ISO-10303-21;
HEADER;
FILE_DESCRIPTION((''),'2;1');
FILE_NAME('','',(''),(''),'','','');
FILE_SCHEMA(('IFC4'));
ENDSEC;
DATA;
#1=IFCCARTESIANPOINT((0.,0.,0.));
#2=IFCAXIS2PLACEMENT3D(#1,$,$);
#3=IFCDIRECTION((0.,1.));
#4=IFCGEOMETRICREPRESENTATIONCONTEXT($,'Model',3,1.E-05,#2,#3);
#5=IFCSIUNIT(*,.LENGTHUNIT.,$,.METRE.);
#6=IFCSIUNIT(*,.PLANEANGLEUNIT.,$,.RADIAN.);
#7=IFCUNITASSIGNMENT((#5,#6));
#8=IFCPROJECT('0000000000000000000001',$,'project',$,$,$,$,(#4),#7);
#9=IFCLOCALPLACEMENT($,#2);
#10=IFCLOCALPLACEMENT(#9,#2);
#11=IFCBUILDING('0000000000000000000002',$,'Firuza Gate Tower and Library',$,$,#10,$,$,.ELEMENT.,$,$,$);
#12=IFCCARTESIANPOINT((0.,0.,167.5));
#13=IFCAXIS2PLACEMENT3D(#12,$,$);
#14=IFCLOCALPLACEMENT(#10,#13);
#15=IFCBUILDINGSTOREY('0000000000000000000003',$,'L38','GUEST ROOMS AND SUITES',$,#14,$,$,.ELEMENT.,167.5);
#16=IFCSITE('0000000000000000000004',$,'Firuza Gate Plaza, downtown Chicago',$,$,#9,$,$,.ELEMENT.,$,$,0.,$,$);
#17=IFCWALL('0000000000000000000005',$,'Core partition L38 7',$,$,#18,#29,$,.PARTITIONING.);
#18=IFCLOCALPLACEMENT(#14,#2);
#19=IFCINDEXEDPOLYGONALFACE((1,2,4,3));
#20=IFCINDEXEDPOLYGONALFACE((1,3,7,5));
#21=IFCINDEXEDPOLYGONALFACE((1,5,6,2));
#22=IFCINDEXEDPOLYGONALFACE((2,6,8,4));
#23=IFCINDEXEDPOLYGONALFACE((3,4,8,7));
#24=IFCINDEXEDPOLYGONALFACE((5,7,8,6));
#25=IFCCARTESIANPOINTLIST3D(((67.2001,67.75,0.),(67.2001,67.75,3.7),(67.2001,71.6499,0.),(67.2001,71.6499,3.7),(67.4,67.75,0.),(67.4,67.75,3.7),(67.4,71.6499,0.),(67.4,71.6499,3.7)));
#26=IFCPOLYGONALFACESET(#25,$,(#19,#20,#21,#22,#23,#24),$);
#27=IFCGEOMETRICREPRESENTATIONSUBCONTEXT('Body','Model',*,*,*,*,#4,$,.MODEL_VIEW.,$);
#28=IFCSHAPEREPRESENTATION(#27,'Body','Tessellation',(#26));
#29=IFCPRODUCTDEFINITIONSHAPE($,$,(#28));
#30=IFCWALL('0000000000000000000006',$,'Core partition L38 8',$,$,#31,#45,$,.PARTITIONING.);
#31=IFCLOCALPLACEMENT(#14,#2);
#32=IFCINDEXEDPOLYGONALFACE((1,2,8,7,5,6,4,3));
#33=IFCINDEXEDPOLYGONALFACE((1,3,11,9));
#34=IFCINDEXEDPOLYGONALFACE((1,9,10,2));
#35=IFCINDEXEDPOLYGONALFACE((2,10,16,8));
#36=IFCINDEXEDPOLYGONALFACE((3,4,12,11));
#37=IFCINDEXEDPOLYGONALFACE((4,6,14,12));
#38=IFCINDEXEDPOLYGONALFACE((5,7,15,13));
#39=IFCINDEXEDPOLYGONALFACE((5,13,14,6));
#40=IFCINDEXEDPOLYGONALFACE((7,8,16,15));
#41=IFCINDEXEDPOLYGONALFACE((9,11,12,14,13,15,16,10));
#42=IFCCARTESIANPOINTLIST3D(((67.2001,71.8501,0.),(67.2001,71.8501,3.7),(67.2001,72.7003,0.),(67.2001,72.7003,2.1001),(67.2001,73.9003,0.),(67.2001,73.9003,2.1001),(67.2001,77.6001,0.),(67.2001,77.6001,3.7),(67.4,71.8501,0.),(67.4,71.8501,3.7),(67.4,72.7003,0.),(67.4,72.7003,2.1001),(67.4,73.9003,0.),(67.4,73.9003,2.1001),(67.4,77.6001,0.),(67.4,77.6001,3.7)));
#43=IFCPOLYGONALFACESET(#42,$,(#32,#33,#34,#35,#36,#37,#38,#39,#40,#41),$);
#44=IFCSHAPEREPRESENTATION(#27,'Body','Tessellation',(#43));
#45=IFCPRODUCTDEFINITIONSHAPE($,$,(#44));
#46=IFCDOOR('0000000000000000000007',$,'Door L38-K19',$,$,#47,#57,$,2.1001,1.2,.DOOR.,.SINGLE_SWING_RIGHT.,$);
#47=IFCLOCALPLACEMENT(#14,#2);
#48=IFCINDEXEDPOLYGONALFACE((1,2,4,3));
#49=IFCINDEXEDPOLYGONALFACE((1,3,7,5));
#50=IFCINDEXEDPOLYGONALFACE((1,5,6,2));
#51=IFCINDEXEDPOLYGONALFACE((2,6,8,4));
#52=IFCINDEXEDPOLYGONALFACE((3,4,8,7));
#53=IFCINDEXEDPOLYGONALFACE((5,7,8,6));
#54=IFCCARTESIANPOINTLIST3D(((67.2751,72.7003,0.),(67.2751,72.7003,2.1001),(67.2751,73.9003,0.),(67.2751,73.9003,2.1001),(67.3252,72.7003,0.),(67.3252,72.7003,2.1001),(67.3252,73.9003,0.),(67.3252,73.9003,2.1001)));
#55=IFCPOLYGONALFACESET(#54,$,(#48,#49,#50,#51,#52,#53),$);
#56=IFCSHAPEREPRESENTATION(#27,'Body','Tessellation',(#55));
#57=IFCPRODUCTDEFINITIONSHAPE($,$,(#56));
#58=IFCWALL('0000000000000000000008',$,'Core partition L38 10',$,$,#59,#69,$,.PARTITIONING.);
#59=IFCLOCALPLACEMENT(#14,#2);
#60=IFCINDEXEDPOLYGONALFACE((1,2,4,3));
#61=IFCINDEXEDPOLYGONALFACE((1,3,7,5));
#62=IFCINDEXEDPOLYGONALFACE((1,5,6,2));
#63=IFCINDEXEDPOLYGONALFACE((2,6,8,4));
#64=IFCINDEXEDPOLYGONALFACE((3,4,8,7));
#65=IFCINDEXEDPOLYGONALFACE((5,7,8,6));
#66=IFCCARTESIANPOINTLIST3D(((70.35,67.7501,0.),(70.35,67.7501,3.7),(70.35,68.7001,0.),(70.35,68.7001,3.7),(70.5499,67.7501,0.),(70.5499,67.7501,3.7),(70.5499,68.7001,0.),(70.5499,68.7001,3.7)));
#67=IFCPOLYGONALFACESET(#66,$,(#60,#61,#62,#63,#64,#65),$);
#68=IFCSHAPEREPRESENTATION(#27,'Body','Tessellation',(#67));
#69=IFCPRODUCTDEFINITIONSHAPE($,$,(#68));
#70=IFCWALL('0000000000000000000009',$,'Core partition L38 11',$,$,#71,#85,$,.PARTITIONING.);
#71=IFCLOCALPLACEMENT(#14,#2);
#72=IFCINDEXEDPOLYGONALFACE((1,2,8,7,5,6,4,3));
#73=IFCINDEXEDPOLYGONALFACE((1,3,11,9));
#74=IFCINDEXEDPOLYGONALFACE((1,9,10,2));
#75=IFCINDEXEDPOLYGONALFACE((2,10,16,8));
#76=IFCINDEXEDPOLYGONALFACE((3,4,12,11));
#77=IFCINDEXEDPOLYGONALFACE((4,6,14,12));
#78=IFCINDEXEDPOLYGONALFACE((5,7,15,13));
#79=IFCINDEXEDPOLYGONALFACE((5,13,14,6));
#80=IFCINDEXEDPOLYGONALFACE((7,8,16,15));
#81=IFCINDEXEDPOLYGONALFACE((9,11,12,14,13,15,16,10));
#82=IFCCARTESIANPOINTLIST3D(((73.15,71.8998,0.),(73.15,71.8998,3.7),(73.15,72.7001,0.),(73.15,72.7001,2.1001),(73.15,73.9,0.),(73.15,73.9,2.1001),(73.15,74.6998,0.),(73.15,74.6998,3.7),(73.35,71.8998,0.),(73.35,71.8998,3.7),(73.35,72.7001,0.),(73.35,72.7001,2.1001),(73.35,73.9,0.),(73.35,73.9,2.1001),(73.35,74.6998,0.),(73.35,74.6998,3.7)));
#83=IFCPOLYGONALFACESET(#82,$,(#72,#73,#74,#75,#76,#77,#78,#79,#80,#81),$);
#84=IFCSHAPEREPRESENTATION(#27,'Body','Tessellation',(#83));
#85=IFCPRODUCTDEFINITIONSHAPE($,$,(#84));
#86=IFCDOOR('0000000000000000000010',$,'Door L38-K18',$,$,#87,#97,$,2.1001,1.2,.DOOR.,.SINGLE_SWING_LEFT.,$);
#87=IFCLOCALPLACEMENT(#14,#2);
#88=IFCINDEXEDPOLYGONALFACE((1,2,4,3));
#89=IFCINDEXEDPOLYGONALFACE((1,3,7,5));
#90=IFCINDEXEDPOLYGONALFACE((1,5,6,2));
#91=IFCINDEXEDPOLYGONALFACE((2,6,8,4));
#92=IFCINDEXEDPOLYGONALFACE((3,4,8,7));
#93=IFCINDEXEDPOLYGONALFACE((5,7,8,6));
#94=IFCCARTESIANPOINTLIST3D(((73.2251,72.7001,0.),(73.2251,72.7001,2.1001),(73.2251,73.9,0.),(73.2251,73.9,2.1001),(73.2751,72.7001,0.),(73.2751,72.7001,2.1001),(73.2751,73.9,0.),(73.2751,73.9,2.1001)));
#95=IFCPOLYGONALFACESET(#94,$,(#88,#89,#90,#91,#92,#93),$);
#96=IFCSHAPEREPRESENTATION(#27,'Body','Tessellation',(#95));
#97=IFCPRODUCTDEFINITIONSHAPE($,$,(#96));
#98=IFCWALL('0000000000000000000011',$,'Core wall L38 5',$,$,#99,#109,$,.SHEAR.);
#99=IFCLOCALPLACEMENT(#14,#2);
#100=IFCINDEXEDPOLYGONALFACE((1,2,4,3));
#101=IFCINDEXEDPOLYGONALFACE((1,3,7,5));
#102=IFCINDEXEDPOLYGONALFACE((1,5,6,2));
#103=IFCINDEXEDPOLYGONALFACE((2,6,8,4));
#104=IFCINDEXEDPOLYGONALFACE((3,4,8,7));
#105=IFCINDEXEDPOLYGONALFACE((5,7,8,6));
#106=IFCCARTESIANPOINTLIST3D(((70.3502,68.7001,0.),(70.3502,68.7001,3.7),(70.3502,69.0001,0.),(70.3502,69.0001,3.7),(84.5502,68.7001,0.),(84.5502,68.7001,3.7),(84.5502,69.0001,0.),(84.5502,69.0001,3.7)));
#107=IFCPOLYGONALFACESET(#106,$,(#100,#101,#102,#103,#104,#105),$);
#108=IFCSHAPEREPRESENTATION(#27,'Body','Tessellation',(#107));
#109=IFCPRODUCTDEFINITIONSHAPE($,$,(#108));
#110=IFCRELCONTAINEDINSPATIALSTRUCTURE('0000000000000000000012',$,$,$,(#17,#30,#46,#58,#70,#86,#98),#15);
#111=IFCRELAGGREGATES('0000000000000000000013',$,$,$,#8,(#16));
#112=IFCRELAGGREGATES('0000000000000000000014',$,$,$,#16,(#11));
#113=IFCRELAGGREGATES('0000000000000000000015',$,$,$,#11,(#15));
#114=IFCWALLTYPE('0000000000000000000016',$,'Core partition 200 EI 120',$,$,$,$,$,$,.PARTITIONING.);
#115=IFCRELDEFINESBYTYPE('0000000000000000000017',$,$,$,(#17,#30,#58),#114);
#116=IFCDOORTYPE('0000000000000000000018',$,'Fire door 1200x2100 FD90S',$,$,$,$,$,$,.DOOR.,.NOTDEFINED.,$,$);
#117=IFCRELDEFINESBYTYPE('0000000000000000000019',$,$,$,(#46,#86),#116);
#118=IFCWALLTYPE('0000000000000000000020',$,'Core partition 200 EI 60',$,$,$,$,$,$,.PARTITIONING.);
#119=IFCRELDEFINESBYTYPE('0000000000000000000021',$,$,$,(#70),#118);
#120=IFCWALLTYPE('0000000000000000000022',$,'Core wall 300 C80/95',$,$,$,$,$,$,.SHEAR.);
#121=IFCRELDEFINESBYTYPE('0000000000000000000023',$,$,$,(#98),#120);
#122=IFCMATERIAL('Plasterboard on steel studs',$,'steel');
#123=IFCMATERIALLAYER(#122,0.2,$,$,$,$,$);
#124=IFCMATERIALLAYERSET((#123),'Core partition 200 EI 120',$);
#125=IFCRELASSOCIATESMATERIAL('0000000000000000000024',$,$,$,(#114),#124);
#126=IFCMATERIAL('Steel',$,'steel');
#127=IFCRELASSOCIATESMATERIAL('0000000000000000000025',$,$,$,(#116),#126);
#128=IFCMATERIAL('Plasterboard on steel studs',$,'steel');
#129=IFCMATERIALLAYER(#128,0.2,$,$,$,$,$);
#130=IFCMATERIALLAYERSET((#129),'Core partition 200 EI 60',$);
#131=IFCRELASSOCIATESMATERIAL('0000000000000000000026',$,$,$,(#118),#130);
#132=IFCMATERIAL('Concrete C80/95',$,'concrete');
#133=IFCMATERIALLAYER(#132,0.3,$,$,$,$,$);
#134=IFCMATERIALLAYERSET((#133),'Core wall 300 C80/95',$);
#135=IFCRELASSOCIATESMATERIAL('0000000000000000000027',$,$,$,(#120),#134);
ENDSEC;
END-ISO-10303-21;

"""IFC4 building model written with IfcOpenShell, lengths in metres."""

from ifc_helpers import new_model, si_unit, direction, frame, frame_2d, origin, place, context, subcontext, project, spatial, rectangle, extrude, material, layer, layer_set, type_object, element, fill, save


model = new_model("IFC4")

# Units and contexts
model_context = context("Model", 3, precision=1e-05, world=origin(), true_north=direction((0.0, 1.0)))
body_context = subcontext(model_context, "Body", "Model", "MODEL_VIEW")
ifc_project = project(units=[si_unit("LENGTHUNIT", "METRE"), si_unit("PLANEANGLEUNIT", "RADIAN")], contexts=[model_context])

# Site, building, storey
site_placement = place(None, origin())
site = spatial("IfcSite", under=ifc_project, at=site_placement, Name="Firuza Gate Plaza, downtown Chicago", CompositionType="ELEMENT", RefElevation=0.0)
building_placement = place(site_placement, origin())
building = spatial("IfcBuilding", under=site, at=building_placement, Name="Firuza Gate Tower and Library", CompositionType="ELEMENT")
storey_placement = place(building_placement, frame((0.0, 0.0, 167.5)))
storey = spatial("IfcBuildingStorey", under=building, at=storey_placement, Name="L38", Description="GUEST ROOMS AND SUITES", CompositionType="ELEMENT", Elevation=167.5)

# Wall
ifc_material_1 = material(Name="Plasterboard on steel studs", Category="steel")
ifc_layer_1 = layer(ifc_material_1, 0.2)
ifc_layer_set_1 = layer_set([ifc_layer_1], Name="Core partition 200 EI 120")
wall_type_1 = type_object("IfcWallType", Name="Core partition 200 EI 120", PredefinedType="PARTITIONING", material=ifc_layer_set_1)
wall_1_placement = place(storey_placement, frame((67.3, 67.75, 0.0), z_axis=(0.0, 0.0, 1.0), x_axis=(0.0, 1.0, 0.0)))
element("IfcWall", 1, at=wall_1_placement, inside=storey, type_object=wall_type_1, Name="Core partition L38 7", PredefinedType="PARTITIONING", context=body_context, shape_type="SweptSolid", body=[
    extrude(rectangle(XDim=3.8999, YDim=0.2, at=frame_2d((1.95, 0.0))), origin(), (0.0, 0.0, 1.0), 3.7),
])

# Wall, opening, door
wall_2_placement = place(storey_placement, frame((67.3, 71.8501, 0.0), z_axis=(0.0, 0.0, 1.0), x_axis=(0.0, 1.0, 0.0)))
wall_2 = element("IfcWall", 2, at=wall_2_placement, inside=storey, type_object=wall_type_1, Name="Core partition L38 8", PredefinedType="PARTITIONING", context=body_context, shape_type="SweptSolid", body=[
    extrude(rectangle(XDim=5.75, YDim=0.2, at=frame_2d((2.875, 0.0))), origin(), (0.0, 0.0, 1.0), 3.7),
])
opening_1_placement = place(wall_2_placement, frame((0.8501, 0.0, 0.0)))
opening_1 = element("IfcOpeningElement", 3, at=opening_1_placement, cuts=wall_2, PredefinedType="OPENING", context=body_context, shape_type="SweptSolid", body=[
    extrude(rectangle(XDim=1.2, YDim=2.1001, at=frame_2d((0.6001, 1.05))), frame((0.0, 0.1099, 0.0), z_axis=(0.0, -1.0, 0.0), x_axis=(1.0, 0.0, 0.0)), (0.0, 0.0, 1.0), 0.22),
])
ifc_material_2 = material(Name="Steel", Category="steel")
door_type_1 = type_object("IfcDoorType", Name="Fire door 1200x2100 FD90S", OperationType="NOTDEFINED", PredefinedType="DOOR", material=ifc_material_2)
door_1_placement = place(opening_1_placement, origin())
door_1 = element("IfcDoor", 4, at=door_1_placement, inside=storey, type_object=door_type_1, Name="Door L38-K19", OperationType="SINGLE_SWING_RIGHT", OverallHeight=2.1001, OverallWidth=1.2, PredefinedType="DOOR", context=body_context, shape_type="SweptSolid", body=[
    extrude(rectangle(XDim=1.2, YDim=2.1001, at=frame_2d((0.6001, 1.05))), frame((0.0, 0.0249, 0.0), z_axis=(0.0, -1.0, 0.0), x_axis=(1.0, 0.0, 0.0)), (0.0, 0.0, 1.0), 0.05),
])
fill(opening_1, door_1)

# Wall
wall_3_placement = place(storey_placement, frame((70.45, 67.75, 0.0), z_axis=(0.0, 0.0, 1.0), x_axis=(0.0, 1.0, 0.0)))
element("IfcWall", 5, at=wall_3_placement, inside=storey, type_object=wall_type_1, Name="Core partition L38 10", PredefinedType="PARTITIONING", context=body_context, shape_type="SweptSolid", body=[
    extrude(rectangle(XDim=0.95, YDim=0.2, at=frame_2d((0.4751, 0.0))), origin(), (0.0, 0.0, 1.0), 3.7),
])

# Wall, opening, door
ifc_material_3 = material(Name="Plasterboard on steel studs", Category="steel")
ifc_layer_2 = layer(ifc_material_3, 0.2)
ifc_layer_set_2 = layer_set([ifc_layer_2], Name="Core partition 200 EI 60")
wall_type_2 = type_object("IfcWallType", Name="Core partition 200 EI 60", PredefinedType="PARTITIONING", material=ifc_layer_set_2)
wall_4_placement = place(storey_placement, frame((73.25, 71.8999, 0.0), z_axis=(0.0, 0.0, 1.0), x_axis=(0.0, 1.0, 0.0)))
wall_4 = element("IfcWall", 6, at=wall_4_placement, inside=storey, type_object=wall_type_2, Name="Core partition L38 11", PredefinedType="PARTITIONING", context=body_context, shape_type="SweptSolid", body=[
    extrude(rectangle(XDim=2.8, YDim=0.2, at=frame_2d((1.3999, 0.0))), origin(), (0.0, 0.0, 1.0), 3.7),
])
opening_2_placement = place(wall_4_placement, frame((0.8, 0.0, 0.0)))
opening_2 = element("IfcOpeningElement", 7, at=opening_2_placement, cuts=wall_4, PredefinedType="OPENING", context=body_context, shape_type="SweptSolid", body=[
    extrude(rectangle(XDim=1.2, YDim=2.1001, at=frame_2d((0.6001, 1.05))), frame((0.0, 0.1099, 0.0), z_axis=(0.0, -1.0, 0.0), x_axis=(1.0, 0.0, 0.0)), (0.0, 0.0, 1.0), 0.22),
])
door_2_placement = place(opening_2_placement, origin())
door_2 = element("IfcDoor", 8, at=door_2_placement, inside=storey, type_object=door_type_1, Name="Door L38-K18", OperationType="SINGLE_SWING_LEFT", OverallHeight=2.1001, OverallWidth=1.2, PredefinedType="DOOR", context=body_context, shape_type="SweptSolid", body=[
    extrude(rectangle(XDim=1.2, YDim=2.1001, at=frame_2d((0.6001, 1.05))), frame((0.0, 0.0249, 0.0), z_axis=(0.0, -1.0, 0.0), x_axis=(1.0, 0.0, 0.0)), (0.0, 0.0, 1.0), 0.05),
])
fill(opening_2, door_2)

# Wall
ifc_material_4 = material(Name="Concrete C80/95", Category="concrete")
ifc_layer_3 = layer(ifc_material_4, 0.3)
ifc_layer_set_3 = layer_set([ifc_layer_3], Name="Core wall 300 C80/95")
wall_type_3 = type_object("IfcWallType", Name="Core wall 300 C80/95", PredefinedType="SHEAR", material=ifc_layer_set_3)
wall_5_placement = place(storey_placement, frame((70.3501, 68.8501, 0.0), z_axis=(0.0, 0.0, 1.0), x_axis=(1.0, 0.0, 0.0)))
element("IfcWall", 9, at=wall_5_placement, inside=storey, type_object=wall_type_3, Name="Core wall L38 5", PredefinedType="SHEAR", context=body_context, shape_type="SweptSolid", body=[
    extrude(rectangle(XDim=14.2, YDim=0.3, at=frame_2d((7.1001, 0.0))), origin(), (0.0, 0.0, 1.0), 3.7),
])

save(model, "model.ifc")
